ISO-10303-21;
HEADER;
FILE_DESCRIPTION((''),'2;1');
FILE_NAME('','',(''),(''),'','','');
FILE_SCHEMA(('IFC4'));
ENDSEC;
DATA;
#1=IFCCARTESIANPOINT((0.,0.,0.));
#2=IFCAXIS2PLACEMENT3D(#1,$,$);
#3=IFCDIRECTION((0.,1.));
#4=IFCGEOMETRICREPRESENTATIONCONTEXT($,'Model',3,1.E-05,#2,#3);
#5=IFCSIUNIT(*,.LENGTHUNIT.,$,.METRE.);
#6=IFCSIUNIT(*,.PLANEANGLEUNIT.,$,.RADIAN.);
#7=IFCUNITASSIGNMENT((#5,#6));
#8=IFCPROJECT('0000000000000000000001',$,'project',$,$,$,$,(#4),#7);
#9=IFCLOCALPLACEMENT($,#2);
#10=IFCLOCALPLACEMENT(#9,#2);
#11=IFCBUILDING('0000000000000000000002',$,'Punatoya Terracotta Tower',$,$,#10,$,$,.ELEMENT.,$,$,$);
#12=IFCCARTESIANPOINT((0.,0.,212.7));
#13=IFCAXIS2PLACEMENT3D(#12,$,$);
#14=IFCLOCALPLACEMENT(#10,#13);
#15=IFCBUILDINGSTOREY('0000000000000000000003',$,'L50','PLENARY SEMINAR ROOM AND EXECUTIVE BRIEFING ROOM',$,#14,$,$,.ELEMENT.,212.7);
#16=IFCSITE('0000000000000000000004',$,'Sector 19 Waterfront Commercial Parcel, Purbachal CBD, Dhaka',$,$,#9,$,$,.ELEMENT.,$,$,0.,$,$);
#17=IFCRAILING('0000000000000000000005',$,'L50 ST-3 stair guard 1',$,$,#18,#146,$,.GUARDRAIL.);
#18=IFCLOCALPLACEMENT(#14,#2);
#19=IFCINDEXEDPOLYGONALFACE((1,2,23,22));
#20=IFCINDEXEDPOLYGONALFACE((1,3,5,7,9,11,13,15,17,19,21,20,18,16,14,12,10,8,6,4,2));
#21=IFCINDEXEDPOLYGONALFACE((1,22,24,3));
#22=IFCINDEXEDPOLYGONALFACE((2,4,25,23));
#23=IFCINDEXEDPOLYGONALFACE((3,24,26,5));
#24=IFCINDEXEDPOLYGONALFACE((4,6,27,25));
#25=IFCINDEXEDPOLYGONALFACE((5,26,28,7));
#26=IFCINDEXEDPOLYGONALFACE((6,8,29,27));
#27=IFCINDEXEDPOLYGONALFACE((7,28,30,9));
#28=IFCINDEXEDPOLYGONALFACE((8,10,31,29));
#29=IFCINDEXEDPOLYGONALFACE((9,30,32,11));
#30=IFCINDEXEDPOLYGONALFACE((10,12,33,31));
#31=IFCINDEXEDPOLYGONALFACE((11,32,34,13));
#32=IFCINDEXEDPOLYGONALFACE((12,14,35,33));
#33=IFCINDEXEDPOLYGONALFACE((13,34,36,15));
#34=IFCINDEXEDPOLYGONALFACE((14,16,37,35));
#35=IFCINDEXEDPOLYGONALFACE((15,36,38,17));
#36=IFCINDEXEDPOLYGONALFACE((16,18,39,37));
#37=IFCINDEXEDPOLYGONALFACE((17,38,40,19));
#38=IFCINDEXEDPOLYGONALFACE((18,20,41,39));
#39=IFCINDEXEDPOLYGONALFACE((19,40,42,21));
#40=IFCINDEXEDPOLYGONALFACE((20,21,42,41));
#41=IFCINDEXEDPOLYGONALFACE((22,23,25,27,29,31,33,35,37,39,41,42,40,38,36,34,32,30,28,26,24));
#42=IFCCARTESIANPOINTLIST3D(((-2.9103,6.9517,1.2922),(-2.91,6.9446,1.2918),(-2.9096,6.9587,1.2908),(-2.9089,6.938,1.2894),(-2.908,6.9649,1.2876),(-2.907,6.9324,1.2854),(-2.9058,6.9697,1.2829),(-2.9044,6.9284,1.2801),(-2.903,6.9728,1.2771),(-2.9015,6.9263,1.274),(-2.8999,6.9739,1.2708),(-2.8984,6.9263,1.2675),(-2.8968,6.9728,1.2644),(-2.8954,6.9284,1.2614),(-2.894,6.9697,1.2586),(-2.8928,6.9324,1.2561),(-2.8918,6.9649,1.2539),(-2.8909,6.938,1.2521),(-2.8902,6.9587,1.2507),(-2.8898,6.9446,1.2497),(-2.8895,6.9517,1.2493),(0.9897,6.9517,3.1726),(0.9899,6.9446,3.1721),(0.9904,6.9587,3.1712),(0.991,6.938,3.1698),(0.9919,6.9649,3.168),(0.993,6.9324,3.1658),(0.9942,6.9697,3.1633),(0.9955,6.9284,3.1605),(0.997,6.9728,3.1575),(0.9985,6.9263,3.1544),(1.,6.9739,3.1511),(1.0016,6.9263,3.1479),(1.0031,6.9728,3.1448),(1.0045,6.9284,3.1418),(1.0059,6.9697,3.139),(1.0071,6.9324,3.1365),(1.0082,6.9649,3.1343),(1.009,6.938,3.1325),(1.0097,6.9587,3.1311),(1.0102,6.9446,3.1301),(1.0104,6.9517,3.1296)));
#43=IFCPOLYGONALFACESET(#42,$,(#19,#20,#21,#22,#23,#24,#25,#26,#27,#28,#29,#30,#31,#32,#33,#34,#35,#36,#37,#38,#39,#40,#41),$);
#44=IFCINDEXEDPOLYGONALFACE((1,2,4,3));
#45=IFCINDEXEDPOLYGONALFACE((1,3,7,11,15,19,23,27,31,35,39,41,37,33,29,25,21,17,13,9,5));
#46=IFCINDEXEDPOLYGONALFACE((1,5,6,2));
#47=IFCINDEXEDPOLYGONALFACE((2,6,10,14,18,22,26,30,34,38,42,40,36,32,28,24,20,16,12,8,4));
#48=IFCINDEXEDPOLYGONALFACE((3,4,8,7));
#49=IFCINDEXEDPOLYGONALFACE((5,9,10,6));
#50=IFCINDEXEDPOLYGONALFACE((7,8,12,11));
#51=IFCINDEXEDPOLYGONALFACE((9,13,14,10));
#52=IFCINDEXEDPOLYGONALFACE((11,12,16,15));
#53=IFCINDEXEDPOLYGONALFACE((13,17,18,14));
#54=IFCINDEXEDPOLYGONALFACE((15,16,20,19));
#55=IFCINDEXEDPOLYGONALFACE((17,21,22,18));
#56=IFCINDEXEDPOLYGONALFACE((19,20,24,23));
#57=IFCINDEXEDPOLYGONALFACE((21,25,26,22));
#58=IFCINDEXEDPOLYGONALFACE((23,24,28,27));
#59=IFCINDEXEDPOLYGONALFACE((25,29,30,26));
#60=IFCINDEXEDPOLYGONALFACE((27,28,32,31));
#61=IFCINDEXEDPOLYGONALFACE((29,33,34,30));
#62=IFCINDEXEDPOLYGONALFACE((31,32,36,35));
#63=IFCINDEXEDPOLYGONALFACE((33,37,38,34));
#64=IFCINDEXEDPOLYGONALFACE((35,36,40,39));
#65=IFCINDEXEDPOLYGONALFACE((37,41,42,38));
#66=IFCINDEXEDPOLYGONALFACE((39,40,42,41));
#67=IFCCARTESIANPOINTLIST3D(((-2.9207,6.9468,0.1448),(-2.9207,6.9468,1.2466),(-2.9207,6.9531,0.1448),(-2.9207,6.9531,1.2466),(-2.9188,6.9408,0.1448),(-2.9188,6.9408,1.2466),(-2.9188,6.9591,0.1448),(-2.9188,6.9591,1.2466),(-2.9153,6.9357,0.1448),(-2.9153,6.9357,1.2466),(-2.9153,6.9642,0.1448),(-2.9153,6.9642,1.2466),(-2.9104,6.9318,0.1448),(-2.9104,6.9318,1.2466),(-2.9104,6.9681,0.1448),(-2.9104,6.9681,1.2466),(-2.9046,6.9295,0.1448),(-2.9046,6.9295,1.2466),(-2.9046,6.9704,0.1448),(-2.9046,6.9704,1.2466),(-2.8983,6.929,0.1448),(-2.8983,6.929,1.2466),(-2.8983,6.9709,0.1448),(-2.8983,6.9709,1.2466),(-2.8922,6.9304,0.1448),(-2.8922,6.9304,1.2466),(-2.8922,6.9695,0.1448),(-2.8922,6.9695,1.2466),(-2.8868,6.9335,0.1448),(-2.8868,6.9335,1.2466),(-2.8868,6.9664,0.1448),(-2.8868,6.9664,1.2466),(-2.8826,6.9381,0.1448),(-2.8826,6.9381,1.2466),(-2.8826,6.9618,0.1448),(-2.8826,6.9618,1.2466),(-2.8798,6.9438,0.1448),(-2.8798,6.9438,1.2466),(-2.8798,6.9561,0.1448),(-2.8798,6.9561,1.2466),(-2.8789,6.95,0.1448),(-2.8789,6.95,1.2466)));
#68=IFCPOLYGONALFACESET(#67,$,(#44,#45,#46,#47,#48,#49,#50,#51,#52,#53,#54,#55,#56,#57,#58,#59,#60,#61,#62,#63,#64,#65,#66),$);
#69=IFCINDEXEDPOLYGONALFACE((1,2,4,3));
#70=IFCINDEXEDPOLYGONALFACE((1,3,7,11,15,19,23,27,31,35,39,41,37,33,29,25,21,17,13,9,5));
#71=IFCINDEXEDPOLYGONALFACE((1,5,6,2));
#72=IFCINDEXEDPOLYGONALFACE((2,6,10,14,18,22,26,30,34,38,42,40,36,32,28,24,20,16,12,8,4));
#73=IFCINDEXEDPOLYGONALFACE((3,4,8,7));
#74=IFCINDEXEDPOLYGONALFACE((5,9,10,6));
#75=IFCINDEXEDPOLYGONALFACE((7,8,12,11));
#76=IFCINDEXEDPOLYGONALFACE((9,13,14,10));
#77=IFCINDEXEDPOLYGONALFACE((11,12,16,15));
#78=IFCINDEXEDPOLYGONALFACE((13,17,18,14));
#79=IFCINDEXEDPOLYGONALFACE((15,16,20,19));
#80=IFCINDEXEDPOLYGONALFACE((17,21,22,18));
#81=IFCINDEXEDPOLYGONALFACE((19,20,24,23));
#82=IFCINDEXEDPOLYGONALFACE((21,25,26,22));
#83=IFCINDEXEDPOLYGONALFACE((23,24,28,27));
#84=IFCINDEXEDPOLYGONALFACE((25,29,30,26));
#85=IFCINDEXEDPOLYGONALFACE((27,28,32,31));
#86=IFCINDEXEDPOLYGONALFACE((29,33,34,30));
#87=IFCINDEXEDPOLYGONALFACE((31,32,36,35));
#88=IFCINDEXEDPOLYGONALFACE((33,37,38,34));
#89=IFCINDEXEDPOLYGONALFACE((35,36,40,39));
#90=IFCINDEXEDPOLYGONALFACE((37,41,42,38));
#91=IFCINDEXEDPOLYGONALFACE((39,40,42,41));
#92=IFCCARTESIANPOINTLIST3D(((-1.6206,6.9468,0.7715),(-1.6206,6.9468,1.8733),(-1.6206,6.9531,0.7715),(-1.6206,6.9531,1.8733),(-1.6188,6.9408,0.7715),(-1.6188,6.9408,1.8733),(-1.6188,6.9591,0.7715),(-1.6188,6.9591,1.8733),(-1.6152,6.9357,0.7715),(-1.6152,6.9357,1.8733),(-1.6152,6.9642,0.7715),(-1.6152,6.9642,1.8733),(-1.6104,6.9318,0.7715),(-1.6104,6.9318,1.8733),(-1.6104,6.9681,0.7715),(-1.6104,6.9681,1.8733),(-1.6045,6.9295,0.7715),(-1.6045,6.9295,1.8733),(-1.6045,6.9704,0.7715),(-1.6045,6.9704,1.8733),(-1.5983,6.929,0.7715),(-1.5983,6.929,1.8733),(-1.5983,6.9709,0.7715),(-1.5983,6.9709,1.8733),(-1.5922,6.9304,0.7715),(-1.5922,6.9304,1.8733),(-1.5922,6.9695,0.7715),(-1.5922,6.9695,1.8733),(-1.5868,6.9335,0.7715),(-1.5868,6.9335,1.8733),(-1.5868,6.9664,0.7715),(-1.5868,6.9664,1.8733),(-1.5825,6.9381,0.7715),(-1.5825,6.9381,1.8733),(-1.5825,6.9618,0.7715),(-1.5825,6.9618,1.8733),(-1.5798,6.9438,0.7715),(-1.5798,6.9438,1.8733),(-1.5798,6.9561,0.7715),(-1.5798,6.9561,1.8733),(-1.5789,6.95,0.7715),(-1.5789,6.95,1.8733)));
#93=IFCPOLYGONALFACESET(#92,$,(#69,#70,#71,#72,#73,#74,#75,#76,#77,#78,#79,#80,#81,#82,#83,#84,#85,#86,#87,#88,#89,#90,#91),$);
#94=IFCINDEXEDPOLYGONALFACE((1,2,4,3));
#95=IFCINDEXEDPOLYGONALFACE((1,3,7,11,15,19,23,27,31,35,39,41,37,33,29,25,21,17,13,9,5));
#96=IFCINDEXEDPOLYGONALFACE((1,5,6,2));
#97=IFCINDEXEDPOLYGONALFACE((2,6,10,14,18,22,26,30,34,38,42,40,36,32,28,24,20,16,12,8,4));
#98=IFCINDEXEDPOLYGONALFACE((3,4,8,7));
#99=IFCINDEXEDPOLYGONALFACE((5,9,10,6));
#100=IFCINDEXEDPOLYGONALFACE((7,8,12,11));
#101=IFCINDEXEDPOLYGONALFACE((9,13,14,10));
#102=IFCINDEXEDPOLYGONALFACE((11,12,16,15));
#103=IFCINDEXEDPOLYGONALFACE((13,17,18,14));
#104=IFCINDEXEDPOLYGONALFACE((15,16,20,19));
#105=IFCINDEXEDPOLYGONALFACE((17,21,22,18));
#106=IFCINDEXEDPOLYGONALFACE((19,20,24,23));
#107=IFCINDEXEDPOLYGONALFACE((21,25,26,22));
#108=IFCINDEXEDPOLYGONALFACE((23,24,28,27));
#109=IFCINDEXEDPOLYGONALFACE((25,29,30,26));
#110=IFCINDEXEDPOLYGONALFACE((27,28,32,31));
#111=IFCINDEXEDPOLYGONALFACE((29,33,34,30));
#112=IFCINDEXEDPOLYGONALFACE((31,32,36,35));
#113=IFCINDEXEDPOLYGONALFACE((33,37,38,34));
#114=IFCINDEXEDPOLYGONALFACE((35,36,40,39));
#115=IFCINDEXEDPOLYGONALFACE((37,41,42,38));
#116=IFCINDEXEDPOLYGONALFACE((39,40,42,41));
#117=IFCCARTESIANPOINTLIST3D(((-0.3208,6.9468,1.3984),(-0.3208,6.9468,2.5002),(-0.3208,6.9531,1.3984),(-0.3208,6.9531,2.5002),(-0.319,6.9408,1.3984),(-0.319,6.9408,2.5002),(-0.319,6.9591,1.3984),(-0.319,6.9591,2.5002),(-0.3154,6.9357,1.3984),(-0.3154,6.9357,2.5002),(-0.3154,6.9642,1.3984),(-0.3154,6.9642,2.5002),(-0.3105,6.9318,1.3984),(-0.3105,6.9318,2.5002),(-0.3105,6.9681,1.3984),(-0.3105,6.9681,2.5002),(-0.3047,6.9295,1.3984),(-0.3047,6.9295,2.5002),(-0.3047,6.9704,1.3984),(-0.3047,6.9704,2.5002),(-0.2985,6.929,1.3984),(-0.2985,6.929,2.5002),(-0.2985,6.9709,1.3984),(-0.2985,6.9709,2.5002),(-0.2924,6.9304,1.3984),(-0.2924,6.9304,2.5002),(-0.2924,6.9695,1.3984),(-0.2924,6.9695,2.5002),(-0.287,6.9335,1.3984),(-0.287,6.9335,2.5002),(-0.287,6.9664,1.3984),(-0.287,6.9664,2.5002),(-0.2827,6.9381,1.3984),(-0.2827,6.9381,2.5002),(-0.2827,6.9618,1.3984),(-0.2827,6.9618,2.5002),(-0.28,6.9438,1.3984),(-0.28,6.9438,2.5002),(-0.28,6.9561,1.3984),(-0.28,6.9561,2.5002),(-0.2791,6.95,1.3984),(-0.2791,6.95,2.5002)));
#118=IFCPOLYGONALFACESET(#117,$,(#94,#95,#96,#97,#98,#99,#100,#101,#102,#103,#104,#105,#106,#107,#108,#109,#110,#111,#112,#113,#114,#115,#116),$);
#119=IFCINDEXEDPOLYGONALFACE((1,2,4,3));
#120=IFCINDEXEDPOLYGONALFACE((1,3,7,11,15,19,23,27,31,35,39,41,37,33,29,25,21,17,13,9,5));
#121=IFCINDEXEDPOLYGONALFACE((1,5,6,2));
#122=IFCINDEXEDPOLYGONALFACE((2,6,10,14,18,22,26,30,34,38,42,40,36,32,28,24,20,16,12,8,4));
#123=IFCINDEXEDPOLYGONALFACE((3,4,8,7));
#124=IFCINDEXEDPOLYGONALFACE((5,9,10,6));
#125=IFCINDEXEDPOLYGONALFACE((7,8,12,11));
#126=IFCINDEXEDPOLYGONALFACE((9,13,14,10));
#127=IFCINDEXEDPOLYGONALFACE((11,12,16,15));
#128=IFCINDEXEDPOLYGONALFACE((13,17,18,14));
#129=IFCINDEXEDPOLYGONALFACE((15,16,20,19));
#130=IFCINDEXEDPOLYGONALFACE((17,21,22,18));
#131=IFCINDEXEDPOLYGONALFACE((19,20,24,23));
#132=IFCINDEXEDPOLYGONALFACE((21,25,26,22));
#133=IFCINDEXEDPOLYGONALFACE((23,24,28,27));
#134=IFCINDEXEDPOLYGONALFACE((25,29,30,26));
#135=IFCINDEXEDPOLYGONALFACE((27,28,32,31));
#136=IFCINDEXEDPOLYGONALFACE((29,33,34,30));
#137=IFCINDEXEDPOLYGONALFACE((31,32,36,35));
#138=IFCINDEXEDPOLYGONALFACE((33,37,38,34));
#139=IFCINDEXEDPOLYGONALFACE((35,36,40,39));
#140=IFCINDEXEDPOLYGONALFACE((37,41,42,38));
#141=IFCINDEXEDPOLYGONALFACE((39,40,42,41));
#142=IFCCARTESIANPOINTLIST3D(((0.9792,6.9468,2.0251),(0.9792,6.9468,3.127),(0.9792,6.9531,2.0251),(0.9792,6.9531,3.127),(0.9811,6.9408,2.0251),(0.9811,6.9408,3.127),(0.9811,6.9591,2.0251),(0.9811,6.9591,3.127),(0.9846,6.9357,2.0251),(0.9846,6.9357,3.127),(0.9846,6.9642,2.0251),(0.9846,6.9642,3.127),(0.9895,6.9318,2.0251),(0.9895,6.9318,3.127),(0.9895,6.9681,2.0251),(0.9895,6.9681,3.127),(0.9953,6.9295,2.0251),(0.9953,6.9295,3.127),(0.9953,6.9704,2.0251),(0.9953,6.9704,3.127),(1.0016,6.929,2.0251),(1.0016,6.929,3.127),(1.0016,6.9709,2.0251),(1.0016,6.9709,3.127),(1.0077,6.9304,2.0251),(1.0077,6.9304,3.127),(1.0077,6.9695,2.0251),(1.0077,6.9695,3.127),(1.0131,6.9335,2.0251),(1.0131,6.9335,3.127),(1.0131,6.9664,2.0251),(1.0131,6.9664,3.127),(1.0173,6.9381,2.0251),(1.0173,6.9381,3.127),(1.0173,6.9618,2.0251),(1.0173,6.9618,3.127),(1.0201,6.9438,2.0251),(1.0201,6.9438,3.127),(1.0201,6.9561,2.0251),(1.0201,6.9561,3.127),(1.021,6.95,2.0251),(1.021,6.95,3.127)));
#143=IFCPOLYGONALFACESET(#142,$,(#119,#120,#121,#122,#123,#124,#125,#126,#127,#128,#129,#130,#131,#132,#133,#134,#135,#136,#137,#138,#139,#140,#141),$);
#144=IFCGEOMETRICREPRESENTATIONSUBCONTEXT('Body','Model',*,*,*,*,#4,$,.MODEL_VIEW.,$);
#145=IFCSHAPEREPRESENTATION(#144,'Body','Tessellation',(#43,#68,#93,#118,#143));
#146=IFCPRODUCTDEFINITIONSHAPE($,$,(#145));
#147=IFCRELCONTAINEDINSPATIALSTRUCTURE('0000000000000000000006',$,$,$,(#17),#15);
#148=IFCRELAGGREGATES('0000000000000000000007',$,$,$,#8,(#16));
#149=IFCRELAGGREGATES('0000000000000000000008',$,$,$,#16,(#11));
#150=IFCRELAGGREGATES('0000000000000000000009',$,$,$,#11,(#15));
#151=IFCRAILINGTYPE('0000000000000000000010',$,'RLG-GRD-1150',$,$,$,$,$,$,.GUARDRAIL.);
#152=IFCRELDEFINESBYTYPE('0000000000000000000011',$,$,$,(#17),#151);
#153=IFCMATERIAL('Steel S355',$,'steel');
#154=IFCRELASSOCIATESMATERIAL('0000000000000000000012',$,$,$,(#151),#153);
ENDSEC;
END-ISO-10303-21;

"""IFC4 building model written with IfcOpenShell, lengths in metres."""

from ifc_helpers import new_model, si_unit, direction, frame, origin, origin_2d, place, context, subcontext, project, spatial, circle, extrude, material, type_object, element, save


model = new_model("IFC4")

# Units and contexts
model_context = context("Model", 3, precision=1e-05, world=origin(), true_north=direction((0.0, 1.0)))
body_context = subcontext(model_context, "Body", "Model", "MODEL_VIEW")
ifc_project = project(units=[si_unit("LENGTHUNIT", "METRE"), si_unit("PLANEANGLEUNIT", "RADIAN")], contexts=[model_context])

# Site, building, storey
site_placement = place(None, origin())
site = spatial("IfcSite", under=ifc_project, at=site_placement, Name="Sector 19 Waterfront Commercial Parcel, Purbachal CBD, Dhaka", CompositionType="ELEMENT", RefElevation=0.0)
building_placement = place(site_placement, origin())
building = spatial("IfcBuilding", under=site, at=building_placement, Name="Punatoya Terracotta Tower", CompositionType="ELEMENT")
storey_placement = place(building_placement, frame((0.0, 0.0, 212.7)))
storey = spatial("IfcBuildingStorey", under=building, at=storey_placement, Name="L50", Description="PLENARY SEMINAR ROOM AND EXECUTIVE BRIEFING ROOM", CompositionType="ELEMENT", Elevation=212.7)

# Shared definitions
ifc_material_1 = material(Name="Steel S355", Category="steel")

# Railing
railing_type = type_object("IfcRailingType", Name="RLG-GRD-1150", PredefinedType="GUARDRAIL", material=ifc_material_1)
railing_1_placement = place(storey_placement, frame((-2.8999, 6.95, 0.1448)))
element("IfcRailing", 1, at=railing_1_placement, inside=storey, type_object=railing_type, Name="L50 ST-3 stair guard 1", PredefinedType="GUARDRAIL", context=body_context, shape_type="SweptSolid", body=[
    extrude(circle(Radius=0.0239, at=origin_2d()), frame((0.0, 0.0, 1.126), z_axis=(0.900763, 0.0, 0.434311), x_axis=(0.0, 1.0, 0.0)), (0.0, 0.0, 1.0), 4.3296),
    extrude(circle(Radius=0.021, at=origin_2d()), origin(), (0.0, 0.0, 1.0), 1.1018),
    extrude(circle(Radius=0.021, at=origin_2d()), frame((1.3, 0.0, 0.6267)), (0.0, 0.0, 1.0), 1.1018),
    extrude(circle(Radius=0.021, at=origin_2d()), frame((2.5999, 0.0, 1.2537)), (0.0, 0.0, 1.0), 1.1018),
    extrude(circle(Radius=0.021, at=origin_2d()), frame((3.8999, 0.0, 1.8804)), (0.0, 0.0, 1.0), 1.1018),
])

save(model, "model.ifc")
